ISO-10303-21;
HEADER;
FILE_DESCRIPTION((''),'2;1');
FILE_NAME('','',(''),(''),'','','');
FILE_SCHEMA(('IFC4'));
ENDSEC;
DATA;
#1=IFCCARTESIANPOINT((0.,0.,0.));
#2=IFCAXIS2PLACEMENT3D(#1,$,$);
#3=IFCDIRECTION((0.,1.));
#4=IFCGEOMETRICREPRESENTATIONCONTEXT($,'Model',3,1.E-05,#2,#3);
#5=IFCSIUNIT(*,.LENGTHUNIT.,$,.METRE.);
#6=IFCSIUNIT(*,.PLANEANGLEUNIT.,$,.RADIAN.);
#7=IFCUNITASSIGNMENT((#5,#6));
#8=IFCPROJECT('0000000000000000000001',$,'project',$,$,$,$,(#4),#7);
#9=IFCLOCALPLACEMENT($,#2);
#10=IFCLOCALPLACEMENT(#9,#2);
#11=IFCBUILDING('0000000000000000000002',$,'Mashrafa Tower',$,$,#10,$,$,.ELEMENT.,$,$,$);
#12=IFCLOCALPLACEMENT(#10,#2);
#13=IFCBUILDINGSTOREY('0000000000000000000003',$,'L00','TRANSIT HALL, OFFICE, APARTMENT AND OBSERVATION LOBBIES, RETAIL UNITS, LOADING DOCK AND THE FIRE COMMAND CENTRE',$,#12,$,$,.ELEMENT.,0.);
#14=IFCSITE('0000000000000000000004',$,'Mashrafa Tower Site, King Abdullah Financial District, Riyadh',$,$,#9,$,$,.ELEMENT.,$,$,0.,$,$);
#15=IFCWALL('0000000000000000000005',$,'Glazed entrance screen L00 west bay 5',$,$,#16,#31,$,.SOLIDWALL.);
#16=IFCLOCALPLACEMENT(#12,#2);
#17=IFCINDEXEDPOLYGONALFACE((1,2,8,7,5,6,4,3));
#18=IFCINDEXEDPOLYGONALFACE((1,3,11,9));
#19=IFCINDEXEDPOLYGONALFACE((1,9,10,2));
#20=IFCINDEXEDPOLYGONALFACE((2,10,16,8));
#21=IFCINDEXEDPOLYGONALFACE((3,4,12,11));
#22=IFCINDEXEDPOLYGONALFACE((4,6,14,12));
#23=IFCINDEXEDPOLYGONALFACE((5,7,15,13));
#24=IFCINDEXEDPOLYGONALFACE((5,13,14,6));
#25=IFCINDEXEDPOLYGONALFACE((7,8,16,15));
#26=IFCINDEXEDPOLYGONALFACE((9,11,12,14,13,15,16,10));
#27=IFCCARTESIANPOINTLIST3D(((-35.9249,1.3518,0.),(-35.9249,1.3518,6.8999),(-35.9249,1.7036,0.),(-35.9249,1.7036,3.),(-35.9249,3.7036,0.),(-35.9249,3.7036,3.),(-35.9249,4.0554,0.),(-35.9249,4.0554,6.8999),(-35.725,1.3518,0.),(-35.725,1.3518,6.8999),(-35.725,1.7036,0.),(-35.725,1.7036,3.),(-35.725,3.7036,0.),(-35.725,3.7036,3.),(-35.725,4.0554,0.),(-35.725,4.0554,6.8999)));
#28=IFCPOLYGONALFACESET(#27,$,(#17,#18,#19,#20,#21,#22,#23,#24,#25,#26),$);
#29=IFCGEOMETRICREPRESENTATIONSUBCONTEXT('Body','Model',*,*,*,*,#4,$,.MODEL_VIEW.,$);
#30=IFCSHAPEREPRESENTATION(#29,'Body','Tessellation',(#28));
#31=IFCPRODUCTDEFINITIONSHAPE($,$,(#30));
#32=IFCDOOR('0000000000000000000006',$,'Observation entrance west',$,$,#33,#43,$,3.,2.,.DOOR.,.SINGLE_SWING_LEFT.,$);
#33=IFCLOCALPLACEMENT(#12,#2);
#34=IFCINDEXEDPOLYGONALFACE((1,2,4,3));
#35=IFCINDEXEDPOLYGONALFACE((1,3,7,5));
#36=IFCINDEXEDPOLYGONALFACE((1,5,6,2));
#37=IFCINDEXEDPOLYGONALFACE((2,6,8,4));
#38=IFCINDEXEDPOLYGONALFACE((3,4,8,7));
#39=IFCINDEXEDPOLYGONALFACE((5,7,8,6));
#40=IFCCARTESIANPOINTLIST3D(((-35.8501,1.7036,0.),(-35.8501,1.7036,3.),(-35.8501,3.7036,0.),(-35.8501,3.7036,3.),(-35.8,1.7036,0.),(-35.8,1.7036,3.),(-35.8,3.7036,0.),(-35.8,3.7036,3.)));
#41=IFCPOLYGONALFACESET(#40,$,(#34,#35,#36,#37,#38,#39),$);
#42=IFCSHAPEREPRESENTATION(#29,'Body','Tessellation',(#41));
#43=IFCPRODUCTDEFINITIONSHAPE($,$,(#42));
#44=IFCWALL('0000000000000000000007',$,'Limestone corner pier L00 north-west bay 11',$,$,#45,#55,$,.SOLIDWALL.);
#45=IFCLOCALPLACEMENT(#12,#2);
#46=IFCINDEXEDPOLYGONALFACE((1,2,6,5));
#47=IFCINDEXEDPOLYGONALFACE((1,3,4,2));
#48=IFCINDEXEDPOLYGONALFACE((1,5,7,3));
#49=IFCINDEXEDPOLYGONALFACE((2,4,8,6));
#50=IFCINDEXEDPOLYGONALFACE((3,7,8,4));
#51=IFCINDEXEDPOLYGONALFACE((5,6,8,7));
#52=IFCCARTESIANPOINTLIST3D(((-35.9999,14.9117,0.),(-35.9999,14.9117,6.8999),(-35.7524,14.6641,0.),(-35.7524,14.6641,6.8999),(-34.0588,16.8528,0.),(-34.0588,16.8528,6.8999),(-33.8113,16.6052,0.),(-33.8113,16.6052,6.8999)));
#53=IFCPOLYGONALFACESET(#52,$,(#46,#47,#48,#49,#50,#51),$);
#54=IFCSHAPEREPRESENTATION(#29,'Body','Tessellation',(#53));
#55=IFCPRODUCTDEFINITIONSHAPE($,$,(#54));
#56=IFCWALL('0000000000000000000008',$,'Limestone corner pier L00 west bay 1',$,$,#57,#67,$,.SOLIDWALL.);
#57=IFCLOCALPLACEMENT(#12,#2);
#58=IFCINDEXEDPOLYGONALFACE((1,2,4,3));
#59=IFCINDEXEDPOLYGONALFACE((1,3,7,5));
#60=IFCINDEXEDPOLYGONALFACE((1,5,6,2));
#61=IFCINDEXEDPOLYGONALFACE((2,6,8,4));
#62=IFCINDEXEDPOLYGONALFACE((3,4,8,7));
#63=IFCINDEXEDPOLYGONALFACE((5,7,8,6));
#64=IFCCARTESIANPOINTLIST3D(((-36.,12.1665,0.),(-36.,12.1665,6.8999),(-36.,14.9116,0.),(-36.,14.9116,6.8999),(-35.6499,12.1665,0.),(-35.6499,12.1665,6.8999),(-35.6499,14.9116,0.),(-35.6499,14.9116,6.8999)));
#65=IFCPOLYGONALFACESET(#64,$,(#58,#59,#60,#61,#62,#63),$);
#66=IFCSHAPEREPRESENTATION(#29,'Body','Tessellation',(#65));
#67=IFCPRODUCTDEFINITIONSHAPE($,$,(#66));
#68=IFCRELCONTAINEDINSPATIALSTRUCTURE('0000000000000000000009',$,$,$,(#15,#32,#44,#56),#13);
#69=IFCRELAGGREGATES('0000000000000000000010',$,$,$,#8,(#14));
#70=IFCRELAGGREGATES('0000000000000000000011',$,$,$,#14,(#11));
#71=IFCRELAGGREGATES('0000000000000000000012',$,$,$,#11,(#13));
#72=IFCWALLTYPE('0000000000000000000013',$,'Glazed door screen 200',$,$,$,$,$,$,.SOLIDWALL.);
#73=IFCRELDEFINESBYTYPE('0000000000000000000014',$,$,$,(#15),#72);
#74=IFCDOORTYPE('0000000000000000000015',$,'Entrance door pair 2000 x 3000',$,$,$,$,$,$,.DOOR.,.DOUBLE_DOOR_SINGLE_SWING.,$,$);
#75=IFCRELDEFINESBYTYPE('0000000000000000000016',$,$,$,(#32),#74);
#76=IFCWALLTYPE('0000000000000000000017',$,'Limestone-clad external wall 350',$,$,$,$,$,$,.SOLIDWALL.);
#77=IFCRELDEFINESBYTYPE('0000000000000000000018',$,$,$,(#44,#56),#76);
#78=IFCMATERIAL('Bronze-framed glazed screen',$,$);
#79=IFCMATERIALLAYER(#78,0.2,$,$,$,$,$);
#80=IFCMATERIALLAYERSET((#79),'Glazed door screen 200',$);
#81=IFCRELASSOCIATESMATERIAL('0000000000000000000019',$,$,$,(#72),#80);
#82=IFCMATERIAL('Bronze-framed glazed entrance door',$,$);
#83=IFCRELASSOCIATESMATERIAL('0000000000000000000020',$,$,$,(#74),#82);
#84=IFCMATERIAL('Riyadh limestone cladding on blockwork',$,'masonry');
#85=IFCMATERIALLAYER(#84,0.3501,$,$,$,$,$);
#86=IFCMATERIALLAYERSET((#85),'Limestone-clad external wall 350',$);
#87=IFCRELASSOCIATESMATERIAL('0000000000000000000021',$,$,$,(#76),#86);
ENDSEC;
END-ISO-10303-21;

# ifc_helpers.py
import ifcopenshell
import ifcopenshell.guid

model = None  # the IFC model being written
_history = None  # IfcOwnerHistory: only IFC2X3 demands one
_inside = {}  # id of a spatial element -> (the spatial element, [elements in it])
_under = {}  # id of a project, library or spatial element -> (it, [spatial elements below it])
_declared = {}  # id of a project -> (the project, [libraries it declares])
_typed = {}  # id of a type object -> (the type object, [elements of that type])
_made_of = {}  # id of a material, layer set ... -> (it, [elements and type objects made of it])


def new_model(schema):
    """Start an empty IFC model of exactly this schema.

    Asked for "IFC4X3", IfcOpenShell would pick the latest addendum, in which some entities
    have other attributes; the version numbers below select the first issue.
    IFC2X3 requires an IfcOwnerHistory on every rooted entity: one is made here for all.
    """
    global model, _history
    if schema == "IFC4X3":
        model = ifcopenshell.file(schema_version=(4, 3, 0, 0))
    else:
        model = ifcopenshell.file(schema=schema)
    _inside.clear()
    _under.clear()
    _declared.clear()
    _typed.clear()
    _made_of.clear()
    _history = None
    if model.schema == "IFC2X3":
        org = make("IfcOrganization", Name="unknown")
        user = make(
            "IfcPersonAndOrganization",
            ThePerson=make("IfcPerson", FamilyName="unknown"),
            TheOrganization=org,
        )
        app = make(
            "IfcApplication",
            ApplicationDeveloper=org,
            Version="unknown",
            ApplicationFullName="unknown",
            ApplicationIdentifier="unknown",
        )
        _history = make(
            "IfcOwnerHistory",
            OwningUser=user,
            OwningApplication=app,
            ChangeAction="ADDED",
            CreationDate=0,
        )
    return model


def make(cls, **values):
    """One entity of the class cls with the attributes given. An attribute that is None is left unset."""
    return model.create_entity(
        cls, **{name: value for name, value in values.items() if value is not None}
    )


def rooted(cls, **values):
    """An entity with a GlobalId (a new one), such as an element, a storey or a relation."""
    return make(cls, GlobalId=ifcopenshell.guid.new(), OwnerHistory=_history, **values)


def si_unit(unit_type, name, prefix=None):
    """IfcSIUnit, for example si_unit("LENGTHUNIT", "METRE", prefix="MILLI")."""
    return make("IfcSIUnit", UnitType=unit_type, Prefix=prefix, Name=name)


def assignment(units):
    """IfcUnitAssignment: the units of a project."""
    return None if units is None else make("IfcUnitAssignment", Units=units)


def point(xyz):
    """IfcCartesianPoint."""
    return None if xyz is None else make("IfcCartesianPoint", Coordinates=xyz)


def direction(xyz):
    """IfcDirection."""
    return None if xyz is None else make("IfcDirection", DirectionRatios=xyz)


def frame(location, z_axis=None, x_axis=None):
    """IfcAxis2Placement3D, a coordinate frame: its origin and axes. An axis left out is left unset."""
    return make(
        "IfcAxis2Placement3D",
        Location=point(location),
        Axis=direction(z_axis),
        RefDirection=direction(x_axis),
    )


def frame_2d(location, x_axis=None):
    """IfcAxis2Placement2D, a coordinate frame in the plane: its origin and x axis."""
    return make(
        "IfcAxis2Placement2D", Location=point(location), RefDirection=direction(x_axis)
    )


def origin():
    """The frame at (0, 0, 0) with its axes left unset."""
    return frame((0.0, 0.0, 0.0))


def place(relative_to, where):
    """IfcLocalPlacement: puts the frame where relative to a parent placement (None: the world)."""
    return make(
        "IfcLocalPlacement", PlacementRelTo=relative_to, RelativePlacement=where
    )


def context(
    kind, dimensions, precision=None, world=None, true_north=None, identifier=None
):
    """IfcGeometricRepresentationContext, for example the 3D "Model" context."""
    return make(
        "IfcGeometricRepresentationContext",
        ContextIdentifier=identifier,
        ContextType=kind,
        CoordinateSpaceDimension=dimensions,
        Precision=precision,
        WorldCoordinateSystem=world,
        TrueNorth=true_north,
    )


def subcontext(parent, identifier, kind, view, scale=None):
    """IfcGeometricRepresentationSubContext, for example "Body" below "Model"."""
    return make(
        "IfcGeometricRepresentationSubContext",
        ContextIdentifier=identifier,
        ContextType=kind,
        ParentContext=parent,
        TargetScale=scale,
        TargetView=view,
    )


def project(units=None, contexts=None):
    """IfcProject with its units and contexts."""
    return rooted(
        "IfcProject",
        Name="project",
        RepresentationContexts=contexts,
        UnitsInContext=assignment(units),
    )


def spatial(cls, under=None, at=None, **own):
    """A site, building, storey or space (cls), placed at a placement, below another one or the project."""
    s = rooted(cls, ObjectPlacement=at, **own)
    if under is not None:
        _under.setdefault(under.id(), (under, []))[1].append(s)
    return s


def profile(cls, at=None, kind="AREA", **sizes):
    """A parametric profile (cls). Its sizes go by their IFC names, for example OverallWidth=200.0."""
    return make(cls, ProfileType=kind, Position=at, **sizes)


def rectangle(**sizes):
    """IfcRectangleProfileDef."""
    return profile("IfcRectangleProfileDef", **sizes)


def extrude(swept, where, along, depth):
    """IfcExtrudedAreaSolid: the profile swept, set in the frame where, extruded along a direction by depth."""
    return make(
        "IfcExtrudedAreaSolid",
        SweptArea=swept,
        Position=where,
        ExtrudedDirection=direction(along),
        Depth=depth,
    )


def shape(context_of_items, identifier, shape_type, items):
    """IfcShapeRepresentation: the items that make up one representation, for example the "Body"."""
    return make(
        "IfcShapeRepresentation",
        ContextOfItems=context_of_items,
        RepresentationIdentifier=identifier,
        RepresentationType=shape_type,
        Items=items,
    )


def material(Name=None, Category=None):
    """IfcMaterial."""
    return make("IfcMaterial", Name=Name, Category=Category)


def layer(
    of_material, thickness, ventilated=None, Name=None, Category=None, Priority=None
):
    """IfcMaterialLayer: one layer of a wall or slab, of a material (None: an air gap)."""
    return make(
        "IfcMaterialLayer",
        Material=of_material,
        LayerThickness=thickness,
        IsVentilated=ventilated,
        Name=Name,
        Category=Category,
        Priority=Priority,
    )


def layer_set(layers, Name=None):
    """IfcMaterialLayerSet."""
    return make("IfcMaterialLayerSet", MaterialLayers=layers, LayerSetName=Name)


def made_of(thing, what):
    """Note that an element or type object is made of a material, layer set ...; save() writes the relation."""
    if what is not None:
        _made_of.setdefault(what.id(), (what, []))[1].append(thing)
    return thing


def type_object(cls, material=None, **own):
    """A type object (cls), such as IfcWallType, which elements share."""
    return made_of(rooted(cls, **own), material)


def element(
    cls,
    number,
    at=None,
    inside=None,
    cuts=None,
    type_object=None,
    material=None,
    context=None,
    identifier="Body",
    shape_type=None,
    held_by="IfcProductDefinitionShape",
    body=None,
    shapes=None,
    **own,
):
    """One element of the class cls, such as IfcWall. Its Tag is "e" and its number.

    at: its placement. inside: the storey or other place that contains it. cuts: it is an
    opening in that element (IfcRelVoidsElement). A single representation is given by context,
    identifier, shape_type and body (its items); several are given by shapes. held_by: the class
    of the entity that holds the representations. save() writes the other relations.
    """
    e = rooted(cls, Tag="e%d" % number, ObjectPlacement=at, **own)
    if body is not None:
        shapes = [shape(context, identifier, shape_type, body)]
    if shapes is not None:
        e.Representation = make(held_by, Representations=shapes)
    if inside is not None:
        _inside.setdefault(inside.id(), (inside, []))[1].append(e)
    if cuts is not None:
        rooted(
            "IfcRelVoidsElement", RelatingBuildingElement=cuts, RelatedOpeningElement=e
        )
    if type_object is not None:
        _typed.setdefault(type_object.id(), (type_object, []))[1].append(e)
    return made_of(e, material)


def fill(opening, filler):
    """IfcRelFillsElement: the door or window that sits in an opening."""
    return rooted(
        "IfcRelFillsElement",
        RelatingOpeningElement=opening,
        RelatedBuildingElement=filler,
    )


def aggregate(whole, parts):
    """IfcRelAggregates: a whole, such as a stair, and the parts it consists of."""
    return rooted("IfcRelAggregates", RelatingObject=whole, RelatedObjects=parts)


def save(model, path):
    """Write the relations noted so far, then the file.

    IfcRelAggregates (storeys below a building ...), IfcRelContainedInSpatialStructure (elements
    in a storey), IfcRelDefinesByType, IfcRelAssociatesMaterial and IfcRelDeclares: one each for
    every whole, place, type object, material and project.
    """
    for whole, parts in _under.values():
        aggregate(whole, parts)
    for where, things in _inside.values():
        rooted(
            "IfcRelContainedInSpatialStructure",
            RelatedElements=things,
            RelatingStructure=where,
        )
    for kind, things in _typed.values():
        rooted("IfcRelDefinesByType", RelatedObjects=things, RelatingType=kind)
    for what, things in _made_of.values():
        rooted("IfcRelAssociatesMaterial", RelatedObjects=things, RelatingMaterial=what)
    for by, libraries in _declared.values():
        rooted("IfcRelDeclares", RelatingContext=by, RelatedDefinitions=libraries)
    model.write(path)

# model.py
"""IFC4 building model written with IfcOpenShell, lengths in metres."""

from ifc_helpers import new_model, si_unit, direction, frame, frame_2d, origin, place, context, subcontext, project, spatial, rectangle, extrude, material, layer, layer_set, type_object, element, fill, save


model = new_model("IFC4")

# Units and contexts
model_context = context("Model", 3, precision=1e-05, world=origin(), true_north=direction((0.0, 1.0)))
body_context = subcontext(model_context, "Body", "Model", "MODEL_VIEW")
ifc_project = project(units=[si_unit("LENGTHUNIT", "METRE"), si_unit("PLANEANGLEUNIT", "RADIAN")], contexts=[model_context])

# Site, building, storey
site_placement = place(None, origin())
site = spatial("IfcSite", under=ifc_project, at=site_placement, Name="Mashrafa Tower Site, King Abdullah Financial District, Riyadh", CompositionType="ELEMENT", RefElevation=0.0)
building_placement = place(site_placement, origin())
building = spatial("IfcBuilding", under=site, at=building_placement, Name="Mashrafa Tower", CompositionType="ELEMENT")
storey_placement = place(building_placement, origin())
storey = spatial("IfcBuildingStorey", under=building, at=storey_placement, Name="L00", Description="TRANSIT HALL, OFFICE, APARTMENT AND OBSERVATION LOBBIES, RETAIL UNITS, LOADING DOCK AND THE FIRE COMMAND CENTRE", CompositionType="ELEMENT", Elevation=0.0)

# Wall, opening, door
ifc_material_1 = material(Name="Bronze-framed glazed screen")
ifc_layer_1 = layer(ifc_material_1, 0.2)
ifc_layer_set_1 = layer_set([ifc_layer_1], Name="Glazed door screen 200")
wall_type_1 = type_object("IfcWallType", Name="Glazed door screen 200", PredefinedType="SOLIDWALL", material=ifc_layer_set_1)
ifc_material_2 = material(Name="Bronze-framed glazed entrance door")
door_type_1 = type_object("IfcDoorType", Name="Entrance door pair 2000 x 3000", OperationType="DOUBLE_DOOR_SINGLE_SWING", PredefinedType="DOOR", material=ifc_material_2)
wall_1_placement = place(storey_placement, frame((-35.825, 4.0554, 0.0), z_axis=(0.0, 0.0, 1.0), x_axis=(0.0, -1.0, 0.0)))
wall_1 = element("IfcWall", 1, at=wall_1_placement, inside=storey, type_object=wall_type_1, Name="Glazed entrance screen L00 west bay 5", PredefinedType="SOLIDWALL", context=body_context, shape_type="SweptSolid", body=[
    extrude(rectangle(XDim=2.7036, YDim=0.2, at=frame_2d((1.3518, 0.0))), origin(), (0.0, 0.0, 1.0), 6.8999),
])
opening_1_placement = place(wall_1_placement, frame((0.3518, 0.0, 0.0)))
opening_1 = element("IfcOpeningElement", 2, at=opening_1_placement, cuts=wall_1, PredefinedType="OPENING", context=body_context, shape_type="SweptSolid", body=[
    extrude(rectangle(XDim=2.0, YDim=3.0, at=frame_2d((1.0, 1.5))), frame((0.0, 0.1099, 0.0), z_axis=(0.0, -1.0, 0.0), x_axis=(1.0, 0.0, 0.0)), (0.0, 0.0, 1.0), 0.22),
])
door_1_placement = place(opening_1_placement, origin())
door_1 = element("IfcDoor", 3, at=door_1_placement, inside=storey, type_object=door_type_1, Name="Observation entrance west", OperationType="SINGLE_SWING_LEFT", OverallHeight=3.0, OverallWidth=2.0, PredefinedType="DOOR", context=body_context, shape_type="SweptSolid", body=[
    extrude(rectangle(XDim=2.0, YDim=3.0, at=frame_2d((1.0, 1.5))), frame((0.0, 0.0249, 0.0), z_axis=(0.0, -1.0, 0.0), x_axis=(1.0, 0.0, 0.0)), (0.0, 0.0, 1.0), 0.05),
])
fill(opening_1, door_1)

# Walls
ifc_material_3 = material(Name="Riyadh limestone cladding on blockwork", Category="masonry")
ifc_layer_2 = layer(ifc_material_3, 0.3501)
ifc_layer_set_2 = layer_set([ifc_layer_2], Name="Limestone-clad external wall 350")
wall_type_2 = type_object("IfcWallType", Name="Limestone-clad external wall 350", PredefinedType="SOLIDWALL", material=ifc_layer_set_2)
for number, where, z_axis, x_axis, name in (
    (4, (-33.9351, 16.729, 0.0), (0.0, 0.0, 1.0), (-0.707107, -0.707107, 0.0), "Limestone corner pier L00 north-west bay 11"),
    (5, (-35.825, 14.9116, 0.0), (0.0, 0.0, 1.0), (0.0, -1.0, 0.0), "Limestone corner pier L00 west bay 1"),
):
    element("IfcWall", number, at=place(storey_placement, frame(where, z_axis=z_axis, x_axis=x_axis)), inside=storey, type_object=wall_type_2, Name=name, PredefinedType="SOLIDWALL", context=body_context, shape_type="SweptSolid", body=[
        extrude(rectangle(XDim=2.7451, YDim=0.3501, at=frame_2d((1.3726, 0.0))), origin(), (0.0, 0.0, 1.0), 6.8999),
    ])

save(model, "model.ifc")
